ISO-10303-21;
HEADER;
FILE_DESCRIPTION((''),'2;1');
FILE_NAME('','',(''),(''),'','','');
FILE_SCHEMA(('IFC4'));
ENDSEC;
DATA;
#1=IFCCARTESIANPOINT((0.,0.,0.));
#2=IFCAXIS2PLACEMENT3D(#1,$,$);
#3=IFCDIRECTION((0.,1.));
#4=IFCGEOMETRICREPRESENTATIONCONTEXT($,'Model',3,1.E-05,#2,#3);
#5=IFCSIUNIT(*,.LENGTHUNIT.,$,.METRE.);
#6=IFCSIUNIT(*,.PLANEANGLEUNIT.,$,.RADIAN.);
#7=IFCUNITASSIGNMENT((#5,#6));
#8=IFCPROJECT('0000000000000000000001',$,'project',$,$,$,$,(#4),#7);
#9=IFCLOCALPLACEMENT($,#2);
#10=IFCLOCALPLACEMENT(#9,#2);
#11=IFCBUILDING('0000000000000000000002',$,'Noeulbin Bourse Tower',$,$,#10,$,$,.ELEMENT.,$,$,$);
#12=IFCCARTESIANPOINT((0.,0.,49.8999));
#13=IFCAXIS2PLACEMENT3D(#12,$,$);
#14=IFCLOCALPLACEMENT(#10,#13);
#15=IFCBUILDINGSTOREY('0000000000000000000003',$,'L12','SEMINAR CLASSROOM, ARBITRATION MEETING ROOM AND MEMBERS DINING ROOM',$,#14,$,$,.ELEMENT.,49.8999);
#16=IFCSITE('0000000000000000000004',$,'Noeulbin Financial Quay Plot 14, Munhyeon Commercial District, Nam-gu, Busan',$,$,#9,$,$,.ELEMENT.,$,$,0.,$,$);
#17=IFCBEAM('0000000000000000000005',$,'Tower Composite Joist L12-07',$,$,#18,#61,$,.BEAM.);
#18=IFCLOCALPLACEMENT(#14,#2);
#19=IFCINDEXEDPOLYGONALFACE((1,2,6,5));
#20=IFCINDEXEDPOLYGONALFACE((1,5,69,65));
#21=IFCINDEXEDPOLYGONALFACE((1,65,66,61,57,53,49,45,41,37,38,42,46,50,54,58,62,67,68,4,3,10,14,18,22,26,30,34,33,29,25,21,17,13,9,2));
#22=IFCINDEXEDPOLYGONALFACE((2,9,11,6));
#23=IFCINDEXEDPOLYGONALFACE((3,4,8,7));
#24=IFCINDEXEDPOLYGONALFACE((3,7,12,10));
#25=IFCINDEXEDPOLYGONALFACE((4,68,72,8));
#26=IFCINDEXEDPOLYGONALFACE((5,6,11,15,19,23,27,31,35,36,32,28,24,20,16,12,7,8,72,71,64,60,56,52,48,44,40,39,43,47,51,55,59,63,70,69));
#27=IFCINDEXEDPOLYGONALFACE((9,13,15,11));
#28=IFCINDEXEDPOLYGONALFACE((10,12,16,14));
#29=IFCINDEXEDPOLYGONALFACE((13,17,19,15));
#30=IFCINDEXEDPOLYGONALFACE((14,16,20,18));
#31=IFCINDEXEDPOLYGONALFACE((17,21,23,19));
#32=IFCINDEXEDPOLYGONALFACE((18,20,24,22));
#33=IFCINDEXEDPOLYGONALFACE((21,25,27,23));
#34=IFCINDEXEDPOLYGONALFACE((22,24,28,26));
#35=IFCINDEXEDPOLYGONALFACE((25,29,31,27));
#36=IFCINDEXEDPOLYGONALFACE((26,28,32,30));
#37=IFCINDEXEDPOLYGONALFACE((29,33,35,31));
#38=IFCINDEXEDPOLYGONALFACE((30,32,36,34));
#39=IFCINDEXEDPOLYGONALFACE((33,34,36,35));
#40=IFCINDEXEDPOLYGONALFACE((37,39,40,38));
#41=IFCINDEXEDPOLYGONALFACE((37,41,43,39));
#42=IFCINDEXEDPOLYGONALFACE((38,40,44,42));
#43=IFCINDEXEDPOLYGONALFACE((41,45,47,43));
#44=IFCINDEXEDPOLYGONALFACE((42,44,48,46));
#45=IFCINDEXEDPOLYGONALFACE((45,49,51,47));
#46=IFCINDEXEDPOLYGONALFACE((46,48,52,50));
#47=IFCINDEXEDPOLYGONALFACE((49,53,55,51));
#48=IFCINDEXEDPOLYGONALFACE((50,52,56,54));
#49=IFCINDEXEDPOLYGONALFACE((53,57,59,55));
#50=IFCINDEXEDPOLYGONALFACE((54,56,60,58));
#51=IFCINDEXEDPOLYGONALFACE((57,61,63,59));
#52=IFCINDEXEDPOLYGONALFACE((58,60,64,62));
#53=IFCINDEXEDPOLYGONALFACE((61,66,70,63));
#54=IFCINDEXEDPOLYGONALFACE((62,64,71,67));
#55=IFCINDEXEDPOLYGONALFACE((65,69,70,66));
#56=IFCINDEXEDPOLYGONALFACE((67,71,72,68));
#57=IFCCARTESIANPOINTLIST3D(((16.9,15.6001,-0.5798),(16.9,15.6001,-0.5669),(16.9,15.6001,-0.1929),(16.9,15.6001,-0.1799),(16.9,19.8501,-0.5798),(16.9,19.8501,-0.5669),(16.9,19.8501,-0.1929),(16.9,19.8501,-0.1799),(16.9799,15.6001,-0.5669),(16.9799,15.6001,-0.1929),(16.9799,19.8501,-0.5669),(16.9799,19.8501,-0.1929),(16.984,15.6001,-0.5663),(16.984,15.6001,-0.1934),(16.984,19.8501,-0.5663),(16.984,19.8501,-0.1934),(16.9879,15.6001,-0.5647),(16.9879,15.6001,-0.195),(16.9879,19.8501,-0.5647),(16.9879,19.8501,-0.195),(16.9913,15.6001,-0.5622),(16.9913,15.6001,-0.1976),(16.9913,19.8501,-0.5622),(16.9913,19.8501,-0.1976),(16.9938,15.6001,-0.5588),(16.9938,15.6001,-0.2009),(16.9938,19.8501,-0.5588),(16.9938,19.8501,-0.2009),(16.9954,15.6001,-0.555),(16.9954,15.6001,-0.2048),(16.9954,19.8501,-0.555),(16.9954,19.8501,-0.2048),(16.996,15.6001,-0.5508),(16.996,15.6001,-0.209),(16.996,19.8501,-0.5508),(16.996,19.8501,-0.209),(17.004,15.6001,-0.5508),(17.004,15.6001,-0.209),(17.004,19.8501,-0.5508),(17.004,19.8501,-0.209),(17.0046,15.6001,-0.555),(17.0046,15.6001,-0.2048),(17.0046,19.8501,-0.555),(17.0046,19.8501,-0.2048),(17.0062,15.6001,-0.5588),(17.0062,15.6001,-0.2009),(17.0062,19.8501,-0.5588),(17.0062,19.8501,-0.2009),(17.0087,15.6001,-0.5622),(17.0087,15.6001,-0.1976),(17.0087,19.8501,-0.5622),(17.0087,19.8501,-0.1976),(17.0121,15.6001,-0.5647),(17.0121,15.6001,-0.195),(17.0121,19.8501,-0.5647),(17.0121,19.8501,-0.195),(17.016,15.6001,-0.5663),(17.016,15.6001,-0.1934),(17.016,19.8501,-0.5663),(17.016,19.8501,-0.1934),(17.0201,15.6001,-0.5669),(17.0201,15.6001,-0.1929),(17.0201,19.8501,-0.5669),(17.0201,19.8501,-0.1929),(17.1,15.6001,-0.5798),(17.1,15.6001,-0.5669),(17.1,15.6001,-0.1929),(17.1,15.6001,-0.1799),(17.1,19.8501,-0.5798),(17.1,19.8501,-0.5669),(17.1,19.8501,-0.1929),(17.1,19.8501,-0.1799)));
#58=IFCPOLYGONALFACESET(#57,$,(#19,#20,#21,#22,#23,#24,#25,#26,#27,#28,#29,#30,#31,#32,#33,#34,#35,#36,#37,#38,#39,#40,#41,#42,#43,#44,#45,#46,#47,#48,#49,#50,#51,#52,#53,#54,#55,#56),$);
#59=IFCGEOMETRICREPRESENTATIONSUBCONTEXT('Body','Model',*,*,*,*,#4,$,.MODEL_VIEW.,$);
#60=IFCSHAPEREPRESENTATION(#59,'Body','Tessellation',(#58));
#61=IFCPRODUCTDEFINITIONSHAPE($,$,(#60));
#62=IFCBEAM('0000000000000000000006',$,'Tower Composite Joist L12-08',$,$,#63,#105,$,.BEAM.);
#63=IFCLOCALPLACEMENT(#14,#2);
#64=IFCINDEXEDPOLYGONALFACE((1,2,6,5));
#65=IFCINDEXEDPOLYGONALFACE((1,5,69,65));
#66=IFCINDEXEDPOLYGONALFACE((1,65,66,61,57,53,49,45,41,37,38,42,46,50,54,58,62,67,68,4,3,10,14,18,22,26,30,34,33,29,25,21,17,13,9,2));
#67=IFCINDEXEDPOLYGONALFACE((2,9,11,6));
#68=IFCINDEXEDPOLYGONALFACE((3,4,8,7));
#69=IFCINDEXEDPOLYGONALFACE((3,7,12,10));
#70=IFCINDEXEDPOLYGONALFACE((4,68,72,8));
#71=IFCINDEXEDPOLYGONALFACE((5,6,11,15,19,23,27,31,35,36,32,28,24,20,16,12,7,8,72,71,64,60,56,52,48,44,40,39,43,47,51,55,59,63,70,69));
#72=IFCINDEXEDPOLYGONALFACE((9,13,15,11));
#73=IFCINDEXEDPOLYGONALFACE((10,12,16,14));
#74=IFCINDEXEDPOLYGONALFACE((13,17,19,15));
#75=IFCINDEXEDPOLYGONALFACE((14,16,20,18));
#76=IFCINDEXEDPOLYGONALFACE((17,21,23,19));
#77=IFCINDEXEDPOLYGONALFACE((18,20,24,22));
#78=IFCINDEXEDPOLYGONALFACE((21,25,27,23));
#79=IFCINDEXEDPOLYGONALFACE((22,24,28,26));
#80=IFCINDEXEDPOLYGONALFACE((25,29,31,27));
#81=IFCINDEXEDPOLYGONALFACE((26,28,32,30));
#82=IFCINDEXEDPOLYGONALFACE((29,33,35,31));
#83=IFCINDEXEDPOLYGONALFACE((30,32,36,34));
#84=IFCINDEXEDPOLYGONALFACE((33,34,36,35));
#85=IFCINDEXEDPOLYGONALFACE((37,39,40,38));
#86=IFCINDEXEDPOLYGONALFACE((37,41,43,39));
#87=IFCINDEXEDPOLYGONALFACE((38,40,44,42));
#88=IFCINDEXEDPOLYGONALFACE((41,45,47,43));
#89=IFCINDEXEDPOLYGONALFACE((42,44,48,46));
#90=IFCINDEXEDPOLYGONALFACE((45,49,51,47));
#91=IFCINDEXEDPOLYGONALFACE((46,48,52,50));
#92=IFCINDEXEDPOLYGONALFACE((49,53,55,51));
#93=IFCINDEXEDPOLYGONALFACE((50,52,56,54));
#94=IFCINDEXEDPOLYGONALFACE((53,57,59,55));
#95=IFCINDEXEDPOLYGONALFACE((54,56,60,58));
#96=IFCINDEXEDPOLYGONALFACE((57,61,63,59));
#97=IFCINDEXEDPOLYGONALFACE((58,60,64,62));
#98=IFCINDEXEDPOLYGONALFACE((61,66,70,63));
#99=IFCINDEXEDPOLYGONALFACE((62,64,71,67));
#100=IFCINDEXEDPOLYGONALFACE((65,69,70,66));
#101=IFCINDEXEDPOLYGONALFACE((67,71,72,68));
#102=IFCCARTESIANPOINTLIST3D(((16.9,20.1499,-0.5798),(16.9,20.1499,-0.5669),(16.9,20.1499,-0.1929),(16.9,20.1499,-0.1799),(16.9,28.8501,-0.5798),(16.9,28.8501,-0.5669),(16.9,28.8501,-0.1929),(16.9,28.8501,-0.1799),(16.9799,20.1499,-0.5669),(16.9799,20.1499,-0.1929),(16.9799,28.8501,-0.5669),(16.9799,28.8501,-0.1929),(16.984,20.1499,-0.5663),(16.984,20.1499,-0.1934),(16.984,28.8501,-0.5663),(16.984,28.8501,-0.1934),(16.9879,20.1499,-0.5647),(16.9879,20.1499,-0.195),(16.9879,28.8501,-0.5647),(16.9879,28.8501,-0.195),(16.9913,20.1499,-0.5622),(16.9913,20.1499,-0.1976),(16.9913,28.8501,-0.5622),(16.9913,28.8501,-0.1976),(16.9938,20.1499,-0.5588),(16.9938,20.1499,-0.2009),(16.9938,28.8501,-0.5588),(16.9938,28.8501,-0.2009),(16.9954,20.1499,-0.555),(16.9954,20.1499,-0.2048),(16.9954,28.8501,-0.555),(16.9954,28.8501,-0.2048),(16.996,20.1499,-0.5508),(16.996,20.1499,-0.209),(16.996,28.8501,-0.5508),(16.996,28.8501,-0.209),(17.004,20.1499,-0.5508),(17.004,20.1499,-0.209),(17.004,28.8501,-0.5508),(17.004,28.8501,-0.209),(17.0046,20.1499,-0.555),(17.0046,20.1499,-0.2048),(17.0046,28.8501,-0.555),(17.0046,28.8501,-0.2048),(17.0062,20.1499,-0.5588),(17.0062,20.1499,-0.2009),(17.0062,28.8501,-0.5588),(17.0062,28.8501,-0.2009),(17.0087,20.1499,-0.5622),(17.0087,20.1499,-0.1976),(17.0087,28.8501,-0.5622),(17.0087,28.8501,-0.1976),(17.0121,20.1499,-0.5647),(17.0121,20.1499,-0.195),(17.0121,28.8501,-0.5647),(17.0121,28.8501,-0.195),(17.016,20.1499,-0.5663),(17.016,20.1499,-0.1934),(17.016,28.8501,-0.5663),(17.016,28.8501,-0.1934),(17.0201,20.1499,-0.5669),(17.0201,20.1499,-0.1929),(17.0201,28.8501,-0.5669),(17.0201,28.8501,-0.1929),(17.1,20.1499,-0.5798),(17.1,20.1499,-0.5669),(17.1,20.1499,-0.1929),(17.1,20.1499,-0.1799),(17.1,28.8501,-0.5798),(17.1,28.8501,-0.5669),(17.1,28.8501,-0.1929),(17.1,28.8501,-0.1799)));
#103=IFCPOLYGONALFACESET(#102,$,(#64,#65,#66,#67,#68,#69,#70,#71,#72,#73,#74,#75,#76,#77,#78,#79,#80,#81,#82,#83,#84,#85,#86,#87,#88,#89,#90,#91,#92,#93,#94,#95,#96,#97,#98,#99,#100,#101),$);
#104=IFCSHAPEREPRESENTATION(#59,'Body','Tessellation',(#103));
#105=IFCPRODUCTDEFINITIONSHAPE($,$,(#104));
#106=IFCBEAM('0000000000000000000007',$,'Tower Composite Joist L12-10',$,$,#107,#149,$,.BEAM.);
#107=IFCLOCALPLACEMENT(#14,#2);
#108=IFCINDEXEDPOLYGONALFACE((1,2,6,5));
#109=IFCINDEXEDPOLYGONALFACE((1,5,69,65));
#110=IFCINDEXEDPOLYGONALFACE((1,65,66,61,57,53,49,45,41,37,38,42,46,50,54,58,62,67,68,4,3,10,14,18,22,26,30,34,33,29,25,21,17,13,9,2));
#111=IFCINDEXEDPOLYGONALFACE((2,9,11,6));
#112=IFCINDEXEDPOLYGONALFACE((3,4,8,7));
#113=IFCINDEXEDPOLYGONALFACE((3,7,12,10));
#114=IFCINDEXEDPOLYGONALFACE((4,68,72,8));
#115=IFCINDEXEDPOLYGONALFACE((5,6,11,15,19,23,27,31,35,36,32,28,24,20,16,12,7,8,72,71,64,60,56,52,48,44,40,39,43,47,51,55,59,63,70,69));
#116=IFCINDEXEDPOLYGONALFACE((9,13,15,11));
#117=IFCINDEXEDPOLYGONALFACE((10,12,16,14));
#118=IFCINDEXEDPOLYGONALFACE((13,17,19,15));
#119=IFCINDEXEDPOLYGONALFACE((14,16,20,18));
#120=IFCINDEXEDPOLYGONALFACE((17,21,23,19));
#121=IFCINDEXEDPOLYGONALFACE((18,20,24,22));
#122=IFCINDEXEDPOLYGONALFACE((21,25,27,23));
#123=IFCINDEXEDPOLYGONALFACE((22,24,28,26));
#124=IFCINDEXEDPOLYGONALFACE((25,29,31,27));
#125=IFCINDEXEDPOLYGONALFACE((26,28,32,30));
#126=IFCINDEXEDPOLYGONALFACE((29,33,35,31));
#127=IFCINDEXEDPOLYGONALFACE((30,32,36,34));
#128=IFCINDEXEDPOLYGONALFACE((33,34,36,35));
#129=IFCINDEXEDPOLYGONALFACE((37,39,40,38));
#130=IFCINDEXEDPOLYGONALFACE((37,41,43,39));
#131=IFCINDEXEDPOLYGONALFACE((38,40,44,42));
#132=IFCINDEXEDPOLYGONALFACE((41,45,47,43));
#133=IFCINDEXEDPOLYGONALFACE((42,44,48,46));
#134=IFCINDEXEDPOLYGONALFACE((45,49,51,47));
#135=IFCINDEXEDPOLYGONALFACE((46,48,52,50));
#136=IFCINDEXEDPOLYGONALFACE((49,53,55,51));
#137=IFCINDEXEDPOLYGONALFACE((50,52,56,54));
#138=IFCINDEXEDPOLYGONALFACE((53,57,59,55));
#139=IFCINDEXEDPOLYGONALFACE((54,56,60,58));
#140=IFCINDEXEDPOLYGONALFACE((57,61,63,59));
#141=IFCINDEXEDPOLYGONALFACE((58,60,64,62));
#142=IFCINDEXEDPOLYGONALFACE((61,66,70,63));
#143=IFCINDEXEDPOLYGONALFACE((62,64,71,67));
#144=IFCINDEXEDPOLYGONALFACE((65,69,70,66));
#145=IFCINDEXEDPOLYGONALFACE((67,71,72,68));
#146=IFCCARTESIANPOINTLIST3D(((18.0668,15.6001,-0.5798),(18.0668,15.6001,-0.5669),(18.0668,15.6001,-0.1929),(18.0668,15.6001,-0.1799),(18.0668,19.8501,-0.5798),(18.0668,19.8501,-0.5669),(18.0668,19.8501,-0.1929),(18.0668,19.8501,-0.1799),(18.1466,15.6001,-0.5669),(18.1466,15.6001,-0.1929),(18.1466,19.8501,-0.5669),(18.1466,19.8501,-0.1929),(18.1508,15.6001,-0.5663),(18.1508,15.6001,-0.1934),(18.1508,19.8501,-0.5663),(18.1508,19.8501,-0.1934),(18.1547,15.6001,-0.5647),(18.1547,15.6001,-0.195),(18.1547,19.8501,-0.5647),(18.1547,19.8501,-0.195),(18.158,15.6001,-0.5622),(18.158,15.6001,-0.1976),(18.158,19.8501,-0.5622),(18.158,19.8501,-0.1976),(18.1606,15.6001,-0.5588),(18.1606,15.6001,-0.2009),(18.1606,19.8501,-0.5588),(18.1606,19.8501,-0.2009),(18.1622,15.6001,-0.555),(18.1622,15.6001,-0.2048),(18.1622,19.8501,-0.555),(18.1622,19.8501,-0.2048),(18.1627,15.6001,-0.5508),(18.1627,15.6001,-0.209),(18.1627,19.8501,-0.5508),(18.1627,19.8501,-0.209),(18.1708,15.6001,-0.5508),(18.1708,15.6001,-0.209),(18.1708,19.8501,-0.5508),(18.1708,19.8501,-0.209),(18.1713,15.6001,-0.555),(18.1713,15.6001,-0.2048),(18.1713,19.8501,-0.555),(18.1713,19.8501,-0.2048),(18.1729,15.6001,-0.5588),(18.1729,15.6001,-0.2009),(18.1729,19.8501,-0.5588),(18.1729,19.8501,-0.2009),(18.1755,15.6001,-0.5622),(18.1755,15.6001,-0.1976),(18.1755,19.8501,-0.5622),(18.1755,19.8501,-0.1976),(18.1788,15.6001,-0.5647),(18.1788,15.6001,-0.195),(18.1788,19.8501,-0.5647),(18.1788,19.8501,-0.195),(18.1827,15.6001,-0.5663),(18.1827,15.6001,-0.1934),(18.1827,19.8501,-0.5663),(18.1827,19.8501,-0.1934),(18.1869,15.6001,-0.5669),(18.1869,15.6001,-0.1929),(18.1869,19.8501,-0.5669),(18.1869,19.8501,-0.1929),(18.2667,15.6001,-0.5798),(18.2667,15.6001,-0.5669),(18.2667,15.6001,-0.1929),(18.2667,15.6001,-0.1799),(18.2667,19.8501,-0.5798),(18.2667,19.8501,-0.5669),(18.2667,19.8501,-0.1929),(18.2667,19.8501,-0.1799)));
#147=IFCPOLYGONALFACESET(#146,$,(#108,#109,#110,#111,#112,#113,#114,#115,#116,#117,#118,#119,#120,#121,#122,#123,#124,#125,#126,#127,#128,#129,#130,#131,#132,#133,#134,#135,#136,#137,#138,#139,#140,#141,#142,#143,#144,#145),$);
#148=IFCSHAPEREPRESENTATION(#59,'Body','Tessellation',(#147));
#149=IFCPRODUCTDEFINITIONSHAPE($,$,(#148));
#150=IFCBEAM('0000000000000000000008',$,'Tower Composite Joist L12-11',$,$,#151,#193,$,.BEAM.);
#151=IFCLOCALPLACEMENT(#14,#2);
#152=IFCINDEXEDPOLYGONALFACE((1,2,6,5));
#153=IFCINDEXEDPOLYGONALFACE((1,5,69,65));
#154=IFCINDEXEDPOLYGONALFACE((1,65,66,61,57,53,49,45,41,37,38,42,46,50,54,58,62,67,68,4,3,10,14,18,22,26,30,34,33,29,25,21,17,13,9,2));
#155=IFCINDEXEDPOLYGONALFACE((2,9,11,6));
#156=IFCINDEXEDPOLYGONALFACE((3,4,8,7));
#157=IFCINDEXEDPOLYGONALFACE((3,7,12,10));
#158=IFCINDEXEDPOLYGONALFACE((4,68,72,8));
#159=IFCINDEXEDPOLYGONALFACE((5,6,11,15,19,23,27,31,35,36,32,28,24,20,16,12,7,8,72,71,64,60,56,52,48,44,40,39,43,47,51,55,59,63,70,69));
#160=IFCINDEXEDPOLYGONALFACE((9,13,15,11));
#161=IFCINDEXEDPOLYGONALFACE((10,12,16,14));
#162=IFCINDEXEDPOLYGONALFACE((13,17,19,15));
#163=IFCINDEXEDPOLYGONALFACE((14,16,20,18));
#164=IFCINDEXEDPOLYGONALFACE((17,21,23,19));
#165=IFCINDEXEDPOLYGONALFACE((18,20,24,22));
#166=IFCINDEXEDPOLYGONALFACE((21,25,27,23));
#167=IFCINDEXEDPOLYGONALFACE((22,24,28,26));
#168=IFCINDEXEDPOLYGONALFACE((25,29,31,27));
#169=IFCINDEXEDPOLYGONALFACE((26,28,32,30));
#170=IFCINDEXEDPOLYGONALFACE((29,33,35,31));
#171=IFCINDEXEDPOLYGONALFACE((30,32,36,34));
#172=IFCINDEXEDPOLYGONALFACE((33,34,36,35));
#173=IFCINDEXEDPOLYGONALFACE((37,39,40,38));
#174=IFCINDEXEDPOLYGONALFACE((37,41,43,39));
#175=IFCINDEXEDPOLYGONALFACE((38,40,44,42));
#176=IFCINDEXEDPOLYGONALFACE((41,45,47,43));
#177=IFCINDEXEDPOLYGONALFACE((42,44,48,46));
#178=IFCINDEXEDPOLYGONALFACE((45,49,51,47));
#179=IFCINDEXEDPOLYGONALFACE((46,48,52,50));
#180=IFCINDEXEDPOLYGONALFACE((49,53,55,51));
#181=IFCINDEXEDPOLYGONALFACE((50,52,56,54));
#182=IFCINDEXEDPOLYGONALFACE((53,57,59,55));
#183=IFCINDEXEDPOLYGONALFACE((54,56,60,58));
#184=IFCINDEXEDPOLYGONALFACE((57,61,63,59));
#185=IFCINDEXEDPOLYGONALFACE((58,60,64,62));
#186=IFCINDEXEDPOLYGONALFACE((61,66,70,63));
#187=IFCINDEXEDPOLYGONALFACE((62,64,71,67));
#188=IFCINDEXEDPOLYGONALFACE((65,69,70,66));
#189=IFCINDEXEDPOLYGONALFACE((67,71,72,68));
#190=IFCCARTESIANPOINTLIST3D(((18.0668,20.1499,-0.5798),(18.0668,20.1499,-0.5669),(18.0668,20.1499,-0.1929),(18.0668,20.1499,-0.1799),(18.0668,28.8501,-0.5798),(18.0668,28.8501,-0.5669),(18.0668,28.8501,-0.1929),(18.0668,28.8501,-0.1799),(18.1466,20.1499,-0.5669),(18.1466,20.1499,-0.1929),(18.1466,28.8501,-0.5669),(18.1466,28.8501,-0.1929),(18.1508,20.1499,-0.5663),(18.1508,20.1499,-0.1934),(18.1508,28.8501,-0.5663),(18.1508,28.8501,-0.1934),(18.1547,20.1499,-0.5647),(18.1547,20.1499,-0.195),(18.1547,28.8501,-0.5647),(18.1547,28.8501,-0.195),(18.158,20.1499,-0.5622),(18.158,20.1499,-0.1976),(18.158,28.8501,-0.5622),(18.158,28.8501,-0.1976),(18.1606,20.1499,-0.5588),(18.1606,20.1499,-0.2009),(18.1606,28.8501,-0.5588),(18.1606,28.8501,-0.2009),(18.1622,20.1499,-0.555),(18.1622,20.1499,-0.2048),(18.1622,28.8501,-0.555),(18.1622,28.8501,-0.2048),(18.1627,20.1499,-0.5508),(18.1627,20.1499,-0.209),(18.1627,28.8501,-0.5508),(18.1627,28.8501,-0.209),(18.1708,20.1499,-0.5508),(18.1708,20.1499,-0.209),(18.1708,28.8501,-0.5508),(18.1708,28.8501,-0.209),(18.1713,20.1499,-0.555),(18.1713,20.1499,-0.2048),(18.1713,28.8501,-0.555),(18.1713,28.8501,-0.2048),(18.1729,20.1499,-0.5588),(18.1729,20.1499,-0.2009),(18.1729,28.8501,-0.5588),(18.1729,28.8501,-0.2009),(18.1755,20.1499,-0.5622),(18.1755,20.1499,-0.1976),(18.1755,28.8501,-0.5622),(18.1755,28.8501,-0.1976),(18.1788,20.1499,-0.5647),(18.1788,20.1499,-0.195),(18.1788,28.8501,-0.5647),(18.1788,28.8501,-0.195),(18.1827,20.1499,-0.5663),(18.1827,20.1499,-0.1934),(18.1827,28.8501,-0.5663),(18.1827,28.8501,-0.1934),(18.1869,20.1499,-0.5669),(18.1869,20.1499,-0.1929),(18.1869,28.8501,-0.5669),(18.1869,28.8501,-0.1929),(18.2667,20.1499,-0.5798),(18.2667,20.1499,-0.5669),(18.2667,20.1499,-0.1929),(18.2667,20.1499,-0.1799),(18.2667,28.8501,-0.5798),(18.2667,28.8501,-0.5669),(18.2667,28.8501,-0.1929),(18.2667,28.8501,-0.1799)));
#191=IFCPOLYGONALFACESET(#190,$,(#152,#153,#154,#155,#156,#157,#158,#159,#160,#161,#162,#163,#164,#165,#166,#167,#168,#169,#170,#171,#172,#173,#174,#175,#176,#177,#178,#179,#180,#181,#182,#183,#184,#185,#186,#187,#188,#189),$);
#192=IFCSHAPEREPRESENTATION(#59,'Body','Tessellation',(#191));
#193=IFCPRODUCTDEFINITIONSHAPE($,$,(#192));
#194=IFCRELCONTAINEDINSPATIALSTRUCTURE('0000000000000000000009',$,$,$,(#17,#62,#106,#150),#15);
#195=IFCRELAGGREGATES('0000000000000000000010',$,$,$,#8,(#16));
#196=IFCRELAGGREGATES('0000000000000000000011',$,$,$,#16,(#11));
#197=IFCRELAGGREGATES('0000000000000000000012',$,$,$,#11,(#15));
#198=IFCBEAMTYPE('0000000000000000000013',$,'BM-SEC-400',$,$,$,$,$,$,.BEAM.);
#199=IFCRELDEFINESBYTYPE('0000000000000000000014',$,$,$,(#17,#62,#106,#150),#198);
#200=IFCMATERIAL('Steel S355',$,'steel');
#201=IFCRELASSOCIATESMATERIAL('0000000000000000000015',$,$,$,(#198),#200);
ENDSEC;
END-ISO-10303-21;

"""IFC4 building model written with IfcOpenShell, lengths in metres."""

from ifc_helpers import new_model, si_unit, direction, frame, origin, origin_2d, place, context, subcontext, project, spatial, i_section, extrude, material, material_profile, profile_set, type_object, element, save


model = new_model("IFC4")

# Units and contexts
model_context = context("Model", 3, precision=1e-05, world=origin(), true_north=direction((0.0, 1.0)))
body_context = subcontext(model_context, "Body", "Model", "MODEL_VIEW")
ifc_project = project(units=[si_unit("LENGTHUNIT", "METRE"), si_unit("PLANEANGLEUNIT", "RADIAN")], contexts=[model_context])

# Site, building, storey
site_placement = place(None, origin())
site = spatial("IfcSite", under=ifc_project, at=site_placement, Name="Noeulbin Financial Quay Plot 14, Munhyeon Commercial District, Nam-gu, Busan", CompositionType="ELEMENT", RefElevation=0.0)
building_placement = place(site_placement, origin())
building = spatial("IfcBuilding", under=site, at=building_placement, Name="Noeulbin Bourse Tower", CompositionType="ELEMENT")
storey_placement = place(building_placement, frame((0.0, 0.0, 49.8999)))
storey = spatial("IfcBuildingStorey", under=building, at=storey_placement, Name="L12", Description="SEMINAR CLASSROOM, ARBITRATION MEETING ROOM AND MEMBERS DINING ROOM", CompositionType="ELEMENT", Elevation=49.8999)

# Beams
ifc_material_1 = material(Name="Steel S355", Category="steel")
ifc_material_profile_1 = material_profile(ifc_material_1, i_section(OverallWidth=0.2, OverallDepth=0.3999, WebThickness=0.0081, FlangeThickness=0.0129, FilletRadius=0.0161, at=origin_2d()), Name="H-400x200x8x13", Category="LoadBearing")
ifc_profile_set_1 = profile_set([ifc_material_profile_1], Name="Steel S355")
beam_type_1 = type_object("IfcBeamType", Name="BM-SEC-400", PredefinedType="BEAM", material=ifc_profile_set_1)
beam_1_placement = place(storey_placement, frame((17.0, 15.6001, -0.3799), z_axis=(0.0, 1.0, 0.0), x_axis=(-1.0, 0.0, 0.0)))
element("IfcBeam", 1, at=beam_1_placement, inside=storey, type_object=beam_type_1, Name="Tower Composite Joist L12-07", PredefinedType="BEAM", context=body_context, shape_type="SweptSolid", body=[
    extrude(i_section(OverallWidth=0.2, OverallDepth=0.3999, WebThickness=0.0081, FlangeThickness=0.0129, FilletRadius=0.0161, at=origin_2d()), origin(), (0.0, 0.0, 1.0), 4.25),
])
beam_2_placement = place(storey_placement, frame((17.0, 20.1499, -0.3799), z_axis=(0.0, 1.0, 0.0), x_axis=(-1.0, 0.0, 0.0)))
element("IfcBeam", 2, at=beam_2_placement, inside=storey, type_object=beam_type_1, Name="Tower Composite Joist L12-08", PredefinedType="BEAM", context=body_context, shape_type="SweptSolid", body=[
    extrude(i_section(OverallWidth=0.2, OverallDepth=0.3999, WebThickness=0.0081, FlangeThickness=0.0129, FilletRadius=0.0161, at=origin_2d()), origin(), (0.0, 0.0, 1.0), 8.7002),
])
beam_3_placement = place(storey_placement, frame((18.1667, 15.6001, -0.3799), z_axis=(0.0, 1.0, 0.0), x_axis=(-1.0, 0.0, 0.0)))
element("IfcBeam", 3, at=beam_3_placement, inside=storey, type_object=beam_type_1, Name="Tower Composite Joist L12-10", PredefinedType="BEAM", context=body_context, shape_type="SweptSolid", body=[
    extrude(i_section(OverallWidth=0.2, OverallDepth=0.3999, WebThickness=0.0081, FlangeThickness=0.0129, FilletRadius=0.0161, at=origin_2d()), origin(), (0.0, 0.0, 1.0), 4.25),
])
beam_4_placement = place(storey_placement, frame((18.1667, 20.1499, -0.3799), z_axis=(0.0, 1.0, 0.0), x_axis=(-1.0, 0.0, 0.0)))
element("IfcBeam", 4, at=beam_4_placement, inside=storey, type_object=beam_type_1, Name="Tower Composite Joist L12-11", PredefinedType="BEAM", context=body_context, shape_type="SweptSolid", body=[
    extrude(i_section(OverallWidth=0.2, OverallDepth=0.3999, WebThickness=0.0081, FlangeThickness=0.0129, FilletRadius=0.0161, at=origin_2d()), origin(), (0.0, 0.0, 1.0), 8.7002),
])

save(model, "model.ifc")
